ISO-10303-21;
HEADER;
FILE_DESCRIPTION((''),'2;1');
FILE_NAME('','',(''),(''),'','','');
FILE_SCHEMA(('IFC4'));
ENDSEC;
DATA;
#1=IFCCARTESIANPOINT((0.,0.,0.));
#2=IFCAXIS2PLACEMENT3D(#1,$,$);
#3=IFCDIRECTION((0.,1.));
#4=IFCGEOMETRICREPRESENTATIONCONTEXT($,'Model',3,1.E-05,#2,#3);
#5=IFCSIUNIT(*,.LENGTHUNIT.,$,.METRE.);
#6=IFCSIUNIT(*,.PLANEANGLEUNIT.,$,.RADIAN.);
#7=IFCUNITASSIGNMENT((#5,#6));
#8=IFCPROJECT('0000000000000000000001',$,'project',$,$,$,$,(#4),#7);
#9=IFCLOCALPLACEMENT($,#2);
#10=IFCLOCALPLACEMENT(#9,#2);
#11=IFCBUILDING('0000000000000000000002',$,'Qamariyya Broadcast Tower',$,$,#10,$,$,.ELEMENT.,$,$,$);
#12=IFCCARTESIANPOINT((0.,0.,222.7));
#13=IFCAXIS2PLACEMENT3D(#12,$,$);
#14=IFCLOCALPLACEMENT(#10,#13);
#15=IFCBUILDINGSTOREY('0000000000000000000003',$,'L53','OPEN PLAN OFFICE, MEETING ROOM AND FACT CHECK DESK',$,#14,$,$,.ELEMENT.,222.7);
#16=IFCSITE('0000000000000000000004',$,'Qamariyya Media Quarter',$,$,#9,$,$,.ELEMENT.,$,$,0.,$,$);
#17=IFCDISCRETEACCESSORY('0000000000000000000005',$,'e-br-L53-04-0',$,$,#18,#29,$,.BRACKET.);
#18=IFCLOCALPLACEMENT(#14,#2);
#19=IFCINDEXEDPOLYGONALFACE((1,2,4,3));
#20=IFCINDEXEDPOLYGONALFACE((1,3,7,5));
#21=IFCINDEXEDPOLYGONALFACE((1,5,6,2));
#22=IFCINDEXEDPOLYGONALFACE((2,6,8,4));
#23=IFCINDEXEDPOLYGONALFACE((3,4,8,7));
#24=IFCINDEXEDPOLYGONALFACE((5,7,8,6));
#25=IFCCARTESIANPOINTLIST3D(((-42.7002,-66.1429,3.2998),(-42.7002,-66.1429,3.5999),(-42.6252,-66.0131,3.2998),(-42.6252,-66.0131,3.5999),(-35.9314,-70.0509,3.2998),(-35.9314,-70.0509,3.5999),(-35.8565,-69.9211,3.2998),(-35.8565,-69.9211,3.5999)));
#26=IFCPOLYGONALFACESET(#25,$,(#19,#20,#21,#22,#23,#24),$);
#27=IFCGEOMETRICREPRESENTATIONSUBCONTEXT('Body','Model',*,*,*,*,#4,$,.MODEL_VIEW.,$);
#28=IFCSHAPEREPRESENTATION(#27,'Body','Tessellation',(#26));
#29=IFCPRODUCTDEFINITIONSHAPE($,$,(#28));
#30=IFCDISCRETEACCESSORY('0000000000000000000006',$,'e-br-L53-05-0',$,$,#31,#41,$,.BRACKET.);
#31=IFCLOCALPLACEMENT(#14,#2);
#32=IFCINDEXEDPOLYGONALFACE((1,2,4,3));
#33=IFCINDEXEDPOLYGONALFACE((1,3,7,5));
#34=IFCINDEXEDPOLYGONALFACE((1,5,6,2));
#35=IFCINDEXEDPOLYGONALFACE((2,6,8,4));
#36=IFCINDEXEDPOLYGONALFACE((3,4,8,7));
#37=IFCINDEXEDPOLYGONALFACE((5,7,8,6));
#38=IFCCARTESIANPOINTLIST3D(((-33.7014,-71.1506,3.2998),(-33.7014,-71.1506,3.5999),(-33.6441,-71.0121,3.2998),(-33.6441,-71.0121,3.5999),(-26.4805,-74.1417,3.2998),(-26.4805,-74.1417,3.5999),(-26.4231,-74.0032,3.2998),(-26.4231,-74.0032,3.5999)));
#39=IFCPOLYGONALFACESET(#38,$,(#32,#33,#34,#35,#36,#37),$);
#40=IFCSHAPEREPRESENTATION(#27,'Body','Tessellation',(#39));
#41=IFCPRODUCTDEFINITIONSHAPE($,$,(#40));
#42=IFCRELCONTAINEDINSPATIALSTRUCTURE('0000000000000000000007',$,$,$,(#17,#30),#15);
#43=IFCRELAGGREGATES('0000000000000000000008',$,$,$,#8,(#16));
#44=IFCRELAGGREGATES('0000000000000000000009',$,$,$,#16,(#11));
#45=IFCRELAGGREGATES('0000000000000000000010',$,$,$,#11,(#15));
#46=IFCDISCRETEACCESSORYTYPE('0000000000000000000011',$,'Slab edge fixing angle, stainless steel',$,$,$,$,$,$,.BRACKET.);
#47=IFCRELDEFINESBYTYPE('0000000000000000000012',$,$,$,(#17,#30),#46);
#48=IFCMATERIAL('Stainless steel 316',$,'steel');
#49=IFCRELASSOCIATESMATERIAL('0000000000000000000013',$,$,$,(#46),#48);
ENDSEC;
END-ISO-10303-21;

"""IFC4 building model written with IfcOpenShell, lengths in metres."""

from ifc_helpers import new_model, si_unit, direction, frame, origin, origin_2d, place, context, subcontext, project, spatial, rectangle, extrude, material, type_object, element, save


model = new_model("IFC4")

# Units and contexts
model_context = context("Model", 3, precision=1e-05, world=origin(), true_north=direction((0.0, 1.0)))
body_context = subcontext(model_context, "Body", "Model", "MODEL_VIEW")
ifc_project = project(units=[si_unit("LENGTHUNIT", "METRE"), si_unit("PLANEANGLEUNIT", "RADIAN")], contexts=[model_context])

# Site, building, storey
site_placement = place(None, origin())
site = spatial("IfcSite", under=ifc_project, at=site_placement, Name="Qamariyya Media Quarter", CompositionType="ELEMENT", RefElevation=0.0)
building_placement = place(site_placement, origin())
building = spatial("IfcBuilding", under=site, at=building_placement, Name="Qamariyya Broadcast Tower", CompositionType="ELEMENT")
storey_placement = place(building_placement, frame((0.0, 0.0, 222.7)))
storey = spatial("IfcBuildingStorey", under=building, at=storey_placement, Name="L53", Description="OPEN PLAN OFFICE, MEETING ROOM AND FACT CHECK DESK", CompositionType="ELEMENT", Elevation=222.7)

# Discrete accessories
ifc_material_1 = material(Name="Stainless steel 316", Category="steel")
discrete_accessory_type = type_object("IfcDiscreteAccessoryType", Name="Slab edge fixing angle, stainless steel", PredefinedType="BRACKET", material=ifc_material_1)
for number, where, z_axis, x_axis, name in (
    (1, (-39.2783, -68.032, 3.2998), (0.0, 0.0, 1.0), (0.866025, -0.5, 0.0), "e-br-L53-04-0"),
    (2, (-30.0623, -72.5769, 3.2998), (0.0, 0.0, 1.0), (0.92388, -0.382683, 0.0), "e-br-L53-05-0"),
):
    element("IfcDiscreteAccessory", number, at=place(storey_placement, frame(where, z_axis=z_axis, x_axis=x_axis)), inside=storey, type_object=discrete_accessory_type, Name=name, PredefinedType="BRACKET", context=body_context, shape_type="SweptSolid", body=[
        extrude(rectangle(XDim=7.8159, YDim=0.1499, at=origin_2d()), origin(), (0.0, 0.0, 1.0), 0.3),
    ])

save(model, "model.ifc")
